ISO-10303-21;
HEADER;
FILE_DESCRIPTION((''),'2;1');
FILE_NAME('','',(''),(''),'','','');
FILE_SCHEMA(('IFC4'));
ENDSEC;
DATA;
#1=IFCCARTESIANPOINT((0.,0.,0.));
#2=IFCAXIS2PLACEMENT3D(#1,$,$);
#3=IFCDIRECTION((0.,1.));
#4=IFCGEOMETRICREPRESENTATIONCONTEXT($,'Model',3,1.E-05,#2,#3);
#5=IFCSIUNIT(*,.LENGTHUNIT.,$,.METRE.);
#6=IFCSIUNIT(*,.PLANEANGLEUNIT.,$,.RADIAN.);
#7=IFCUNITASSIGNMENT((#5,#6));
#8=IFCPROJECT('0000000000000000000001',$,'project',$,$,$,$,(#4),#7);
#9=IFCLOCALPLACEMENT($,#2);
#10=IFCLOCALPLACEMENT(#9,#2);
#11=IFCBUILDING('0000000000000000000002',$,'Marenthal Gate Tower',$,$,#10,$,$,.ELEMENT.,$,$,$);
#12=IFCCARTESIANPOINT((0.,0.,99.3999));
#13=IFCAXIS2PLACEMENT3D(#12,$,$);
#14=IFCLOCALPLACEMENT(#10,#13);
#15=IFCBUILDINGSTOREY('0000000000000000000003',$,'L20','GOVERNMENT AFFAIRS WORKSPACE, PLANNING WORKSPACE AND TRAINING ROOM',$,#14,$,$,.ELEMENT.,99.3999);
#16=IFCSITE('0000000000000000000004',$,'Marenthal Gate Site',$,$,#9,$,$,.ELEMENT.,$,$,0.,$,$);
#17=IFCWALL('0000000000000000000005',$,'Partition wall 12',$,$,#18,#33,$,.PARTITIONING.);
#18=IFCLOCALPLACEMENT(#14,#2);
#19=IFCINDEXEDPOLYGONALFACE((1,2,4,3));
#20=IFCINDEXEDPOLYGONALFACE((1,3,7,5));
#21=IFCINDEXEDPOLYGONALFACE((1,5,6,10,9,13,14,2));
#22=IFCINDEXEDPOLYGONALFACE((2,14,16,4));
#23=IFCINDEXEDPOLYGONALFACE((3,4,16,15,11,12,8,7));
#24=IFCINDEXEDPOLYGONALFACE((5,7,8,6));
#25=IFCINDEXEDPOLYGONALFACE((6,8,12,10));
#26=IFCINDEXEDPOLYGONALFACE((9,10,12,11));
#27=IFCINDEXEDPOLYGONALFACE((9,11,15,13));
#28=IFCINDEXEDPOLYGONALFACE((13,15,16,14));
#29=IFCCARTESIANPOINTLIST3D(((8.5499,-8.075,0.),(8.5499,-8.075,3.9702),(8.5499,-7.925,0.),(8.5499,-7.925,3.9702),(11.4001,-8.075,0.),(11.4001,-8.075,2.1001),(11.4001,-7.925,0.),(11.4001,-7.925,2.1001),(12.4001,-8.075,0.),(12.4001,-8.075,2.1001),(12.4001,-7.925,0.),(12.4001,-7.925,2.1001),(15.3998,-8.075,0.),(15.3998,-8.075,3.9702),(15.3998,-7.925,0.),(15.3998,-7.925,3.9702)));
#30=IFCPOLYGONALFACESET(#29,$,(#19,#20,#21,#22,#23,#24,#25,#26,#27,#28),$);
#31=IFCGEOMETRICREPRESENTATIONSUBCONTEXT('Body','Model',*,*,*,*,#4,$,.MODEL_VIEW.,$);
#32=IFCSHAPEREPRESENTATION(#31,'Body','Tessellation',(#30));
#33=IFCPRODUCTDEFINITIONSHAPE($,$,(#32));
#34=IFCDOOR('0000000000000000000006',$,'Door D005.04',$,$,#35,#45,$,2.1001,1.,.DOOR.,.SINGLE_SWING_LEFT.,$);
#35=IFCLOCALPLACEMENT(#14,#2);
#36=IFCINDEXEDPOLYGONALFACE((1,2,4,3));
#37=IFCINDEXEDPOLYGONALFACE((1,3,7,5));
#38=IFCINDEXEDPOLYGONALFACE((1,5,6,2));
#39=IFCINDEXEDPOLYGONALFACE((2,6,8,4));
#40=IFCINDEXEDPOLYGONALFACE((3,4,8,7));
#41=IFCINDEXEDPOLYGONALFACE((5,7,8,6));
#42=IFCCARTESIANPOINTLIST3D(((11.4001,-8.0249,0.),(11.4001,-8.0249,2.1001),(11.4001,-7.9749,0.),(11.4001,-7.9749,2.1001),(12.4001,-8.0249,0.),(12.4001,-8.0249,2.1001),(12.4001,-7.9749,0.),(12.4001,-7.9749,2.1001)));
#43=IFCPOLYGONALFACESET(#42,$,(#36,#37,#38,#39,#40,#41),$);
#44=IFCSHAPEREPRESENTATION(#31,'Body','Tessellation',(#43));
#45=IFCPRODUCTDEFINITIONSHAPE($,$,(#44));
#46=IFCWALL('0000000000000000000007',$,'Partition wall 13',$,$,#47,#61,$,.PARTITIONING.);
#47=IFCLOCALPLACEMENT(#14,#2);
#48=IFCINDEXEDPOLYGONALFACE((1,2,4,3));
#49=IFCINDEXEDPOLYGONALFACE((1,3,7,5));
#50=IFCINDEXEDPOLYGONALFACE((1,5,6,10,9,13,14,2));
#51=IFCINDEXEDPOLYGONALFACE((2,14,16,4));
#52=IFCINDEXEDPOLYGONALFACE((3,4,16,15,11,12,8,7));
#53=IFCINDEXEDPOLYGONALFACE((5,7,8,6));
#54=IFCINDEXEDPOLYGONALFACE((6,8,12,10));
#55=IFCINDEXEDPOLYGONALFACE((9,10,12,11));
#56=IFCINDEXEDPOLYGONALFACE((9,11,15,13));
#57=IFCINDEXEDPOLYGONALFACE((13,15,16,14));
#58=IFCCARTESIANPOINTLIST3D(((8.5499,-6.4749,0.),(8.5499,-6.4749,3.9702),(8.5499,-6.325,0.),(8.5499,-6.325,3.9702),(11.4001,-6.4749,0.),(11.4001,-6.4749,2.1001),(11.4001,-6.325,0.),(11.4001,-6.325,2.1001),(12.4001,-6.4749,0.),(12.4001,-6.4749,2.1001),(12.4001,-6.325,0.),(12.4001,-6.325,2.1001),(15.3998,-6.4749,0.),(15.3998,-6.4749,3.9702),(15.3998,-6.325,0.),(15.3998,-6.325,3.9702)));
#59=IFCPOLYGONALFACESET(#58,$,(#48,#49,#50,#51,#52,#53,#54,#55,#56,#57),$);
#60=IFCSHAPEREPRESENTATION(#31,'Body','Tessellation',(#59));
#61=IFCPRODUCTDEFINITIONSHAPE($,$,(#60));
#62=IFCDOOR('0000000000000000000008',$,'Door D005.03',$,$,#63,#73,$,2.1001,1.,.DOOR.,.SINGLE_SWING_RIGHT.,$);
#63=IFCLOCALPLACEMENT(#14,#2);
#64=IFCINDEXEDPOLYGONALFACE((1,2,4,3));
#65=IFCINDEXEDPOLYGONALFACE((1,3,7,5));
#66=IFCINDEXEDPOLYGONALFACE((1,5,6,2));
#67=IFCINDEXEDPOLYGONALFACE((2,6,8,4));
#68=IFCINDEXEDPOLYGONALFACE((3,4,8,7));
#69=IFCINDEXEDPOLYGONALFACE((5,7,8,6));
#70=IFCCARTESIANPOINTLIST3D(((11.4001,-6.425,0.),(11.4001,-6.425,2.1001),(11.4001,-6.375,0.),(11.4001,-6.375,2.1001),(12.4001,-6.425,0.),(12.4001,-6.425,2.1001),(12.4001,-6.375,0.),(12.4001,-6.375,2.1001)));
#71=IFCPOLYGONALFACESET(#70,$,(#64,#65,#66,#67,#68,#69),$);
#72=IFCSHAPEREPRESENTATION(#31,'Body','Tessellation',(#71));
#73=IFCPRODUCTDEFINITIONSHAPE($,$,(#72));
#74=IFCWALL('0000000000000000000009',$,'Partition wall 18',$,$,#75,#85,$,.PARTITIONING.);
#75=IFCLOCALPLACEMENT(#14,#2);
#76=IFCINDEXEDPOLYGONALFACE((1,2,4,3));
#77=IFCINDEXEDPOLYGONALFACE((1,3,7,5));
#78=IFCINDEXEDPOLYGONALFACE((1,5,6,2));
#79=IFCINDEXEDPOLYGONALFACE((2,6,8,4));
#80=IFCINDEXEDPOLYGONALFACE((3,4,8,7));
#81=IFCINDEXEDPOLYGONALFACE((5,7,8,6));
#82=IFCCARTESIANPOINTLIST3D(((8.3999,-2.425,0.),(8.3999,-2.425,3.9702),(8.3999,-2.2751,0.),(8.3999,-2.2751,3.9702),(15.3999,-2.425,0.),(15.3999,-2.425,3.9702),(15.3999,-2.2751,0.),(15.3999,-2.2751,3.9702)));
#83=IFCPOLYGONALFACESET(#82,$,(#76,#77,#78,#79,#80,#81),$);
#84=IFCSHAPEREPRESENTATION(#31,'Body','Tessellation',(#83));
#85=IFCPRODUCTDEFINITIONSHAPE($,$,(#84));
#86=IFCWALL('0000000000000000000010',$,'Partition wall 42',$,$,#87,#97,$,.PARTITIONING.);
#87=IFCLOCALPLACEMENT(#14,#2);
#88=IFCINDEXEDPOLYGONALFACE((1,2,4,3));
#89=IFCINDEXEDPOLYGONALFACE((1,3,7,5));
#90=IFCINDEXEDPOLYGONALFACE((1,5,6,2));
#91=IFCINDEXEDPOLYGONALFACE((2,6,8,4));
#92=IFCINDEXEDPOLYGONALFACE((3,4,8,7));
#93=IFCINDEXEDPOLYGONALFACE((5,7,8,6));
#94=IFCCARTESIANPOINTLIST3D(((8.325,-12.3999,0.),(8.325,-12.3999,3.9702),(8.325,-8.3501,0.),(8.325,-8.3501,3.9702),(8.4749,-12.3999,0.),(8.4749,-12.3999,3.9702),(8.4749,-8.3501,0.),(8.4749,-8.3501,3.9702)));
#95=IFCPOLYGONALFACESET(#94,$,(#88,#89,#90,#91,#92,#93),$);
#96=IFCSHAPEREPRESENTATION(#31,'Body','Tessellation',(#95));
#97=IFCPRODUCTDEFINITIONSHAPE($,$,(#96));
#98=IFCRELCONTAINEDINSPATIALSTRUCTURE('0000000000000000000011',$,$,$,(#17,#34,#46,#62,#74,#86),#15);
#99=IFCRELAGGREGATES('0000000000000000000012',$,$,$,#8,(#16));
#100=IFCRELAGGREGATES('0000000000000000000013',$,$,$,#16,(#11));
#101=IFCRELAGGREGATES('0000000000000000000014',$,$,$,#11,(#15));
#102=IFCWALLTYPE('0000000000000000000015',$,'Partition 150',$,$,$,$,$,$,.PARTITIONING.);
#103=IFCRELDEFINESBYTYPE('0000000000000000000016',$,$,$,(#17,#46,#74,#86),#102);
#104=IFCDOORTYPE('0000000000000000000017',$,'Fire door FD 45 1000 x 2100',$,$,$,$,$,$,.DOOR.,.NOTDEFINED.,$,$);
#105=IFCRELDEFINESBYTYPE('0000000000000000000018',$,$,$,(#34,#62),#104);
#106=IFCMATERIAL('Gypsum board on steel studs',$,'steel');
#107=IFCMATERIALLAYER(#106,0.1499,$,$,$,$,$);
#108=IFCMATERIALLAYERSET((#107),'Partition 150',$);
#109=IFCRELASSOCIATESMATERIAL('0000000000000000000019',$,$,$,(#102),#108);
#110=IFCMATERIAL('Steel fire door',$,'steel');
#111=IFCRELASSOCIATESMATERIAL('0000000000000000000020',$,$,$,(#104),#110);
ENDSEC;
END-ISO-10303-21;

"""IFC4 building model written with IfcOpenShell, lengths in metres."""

from ifc_helpers import new_model, si_unit, direction, frame, frame_2d, origin, place, context, subcontext, project, spatial, rectangle, extrude, material, layer, layer_set, type_object, element, fill, save


model = new_model("IFC4")

# Units and contexts
model_context = context("Model", 3, precision=1e-05, world=origin(), true_north=direction((0.0, 1.0)))
body_context = subcontext(model_context, "Body", "Model", "MODEL_VIEW")
ifc_project = project(units=[si_unit("LENGTHUNIT", "METRE"), si_unit("PLANEANGLEUNIT", "RADIAN")], contexts=[model_context])

# Site, building, storey
site_placement = place(None, origin())
site = spatial("IfcSite", under=ifc_project, at=site_placement, Name="Marenthal Gate Site", CompositionType="ELEMENT", RefElevation=0.0)
building_placement = place(site_placement, origin())
building = spatial("IfcBuilding", under=site, at=building_placement, Name="Marenthal Gate Tower", CompositionType="ELEMENT")
storey_placement = place(building_placement, frame((0.0, 0.0, 99.3999)))
storey = spatial("IfcBuildingStorey", under=building, at=storey_placement, Name="L20", Description="GOVERNMENT AFFAIRS WORKSPACE, PLANNING WORKSPACE AND TRAINING ROOM", CompositionType="ELEMENT", Elevation=99.3999)

# Walls, openings, doors
ifc_material_1 = material(Name="Gypsum board on steel studs", Category="steel")
ifc_layer_1 = layer(ifc_material_1, 0.1499)
ifc_layer_set_1 = layer_set([ifc_layer_1], Name="Partition 150")
wall_type_1 = type_object("IfcWallType", Name="Partition 150", PredefinedType="PARTITIONING", material=ifc_layer_set_1)
wall_1_placement = place(storey_placement, frame((8.55, -8.0, 0.0), z_axis=(0.0, 0.0, 1.0), x_axis=(1.0, 0.0, 0.0)))
wall_1 = element("IfcWall", 1, at=wall_1_placement, inside=storey, type_object=wall_type_1, Name="Partition wall 12", PredefinedType="PARTITIONING", context=body_context, shape_type="SweptSolid", body=[
    extrude(rectangle(XDim=6.8499, YDim=0.1499, at=frame_2d((3.4248, 0.0))), origin(), (0.0, 0.0, 1.0), 3.9702),
])
opening_1_placement = place(wall_1_placement, frame((2.8501, 0.0, 0.0)))
opening_1 = element("IfcOpeningElement", 2, at=opening_1_placement, cuts=wall_1, PredefinedType="OPENING", context=body_context, shape_type="SweptSolid", body=[
    extrude(rectangle(XDim=1.0, YDim=2.1001, at=frame_2d((0.5, 1.05))), frame((0.0, 0.085, 0.0), z_axis=(0.0, -1.0, 0.0), x_axis=(1.0, 0.0, 0.0)), (0.0, 0.0, 1.0), 0.1699),
])
ifc_material_2 = material(Name="Steel fire door", Category="steel")
door_type_1 = type_object("IfcDoorType", Name="Fire door FD 45 1000 x 2100", OperationType="NOTDEFINED", PredefinedType="DOOR", material=ifc_material_2)
door_1_placement = place(opening_1_placement, frame((1.0, 0.0, 0.0), z_axis=(0.0, 0.0, 1.0), x_axis=(-1.0, 0.0, 0.0)))
door_1 = element("IfcDoor", 3, at=door_1_placement, inside=storey, type_object=door_type_1, Name="Door D005.04", OperationType="SINGLE_SWING_LEFT", OverallHeight=2.1001, OverallWidth=1.0, PredefinedType="DOOR", context=body_context, shape_type="SweptSolid", body=[
    extrude(rectangle(XDim=1.0, YDim=2.1001, at=frame_2d((0.5, 1.05))), frame((0.0, 0.0249, 0.0), z_axis=(0.0, -1.0, 0.0), x_axis=(1.0, 0.0, 0.0)), (0.0, 0.0, 1.0), 0.05),
])
fill(opening_1, door_1)
wall_2_placement = place(storey_placement, frame((8.55, -6.3999, 0.0), z_axis=(0.0, 0.0, 1.0), x_axis=(1.0, 0.0, 0.0)))
wall_2 = element("IfcWall", 4, at=wall_2_placement, inside=storey, type_object=wall_type_1, Name="Partition wall 13", PredefinedType="PARTITIONING", context=body_context, shape_type="SweptSolid", body=[
    extrude(rectangle(XDim=6.8499, YDim=0.1499, at=frame_2d((3.4248, 0.0))), origin(), (0.0, 0.0, 1.0), 3.9702),
])
opening_2_placement = place(wall_2_placement, frame((2.8501, 0.0, 0.0)))
opening_2 = element("IfcOpeningElement", 5, at=opening_2_placement, cuts=wall_2, PredefinedType="OPENING", context=body_context, shape_type="SweptSolid", body=[
    extrude(rectangle(XDim=1.0, YDim=2.1001, at=frame_2d((0.5, 1.05))), frame((0.0, 0.085, 0.0), z_axis=(0.0, -1.0, 0.0), x_axis=(1.0, 0.0, 0.0)), (0.0, 0.0, 1.0), 0.1699),
])
door_2_placement = place(opening_2_placement, origin())
door_2 = element("IfcDoor", 6, at=door_2_placement, inside=storey, type_object=door_type_1, Name="Door D005.03", OperationType="SINGLE_SWING_RIGHT", OverallHeight=2.1001, OverallWidth=1.0, PredefinedType="DOOR", context=body_context, shape_type="SweptSolid", body=[
    extrude(rectangle(XDim=1.0, YDim=2.1001, at=frame_2d((0.5, 1.05))), frame((0.0, 0.0249, 0.0), z_axis=(0.0, -1.0, 0.0), x_axis=(1.0, 0.0, 0.0)), (0.0, 0.0, 1.0), 0.05),
])
fill(opening_2, door_2)

# Walls
wall_3_placement = place(storey_placement, frame((8.3999, -2.3501, 0.0), z_axis=(0.0, 0.0, 1.0), x_axis=(1.0, 0.0, 0.0)))
element("IfcWall", 7, at=wall_3_placement, inside=storey, type_object=wall_type_1, Name="Partition wall 18", PredefinedType="PARTITIONING", context=body_context, shape_type="SweptSolid", body=[
    extrude(rectangle(XDim=7.0, YDim=0.1499, at=frame_2d((3.5, 0.0))), origin(), (0.0, 0.0, 1.0), 3.9702),
])
wall_4_placement = place(storey_placement, frame((8.3999, -12.3999, 0.0), z_axis=(0.0, 0.0, 1.0), x_axis=(0.0, 1.0, 0.0)))
element("IfcWall", 8, at=wall_4_placement, inside=storey, type_object=wall_type_1, Name="Partition wall 42", PredefinedType="PARTITIONING", context=body_context, shape_type="SweptSolid", body=[
    extrude(rectangle(XDim=4.0498, YDim=0.1499, at=frame_2d((2.0249, 0.0))), origin(), (0.0, 0.0, 1.0), 3.9702),
])

save(model, "model.ifc")
